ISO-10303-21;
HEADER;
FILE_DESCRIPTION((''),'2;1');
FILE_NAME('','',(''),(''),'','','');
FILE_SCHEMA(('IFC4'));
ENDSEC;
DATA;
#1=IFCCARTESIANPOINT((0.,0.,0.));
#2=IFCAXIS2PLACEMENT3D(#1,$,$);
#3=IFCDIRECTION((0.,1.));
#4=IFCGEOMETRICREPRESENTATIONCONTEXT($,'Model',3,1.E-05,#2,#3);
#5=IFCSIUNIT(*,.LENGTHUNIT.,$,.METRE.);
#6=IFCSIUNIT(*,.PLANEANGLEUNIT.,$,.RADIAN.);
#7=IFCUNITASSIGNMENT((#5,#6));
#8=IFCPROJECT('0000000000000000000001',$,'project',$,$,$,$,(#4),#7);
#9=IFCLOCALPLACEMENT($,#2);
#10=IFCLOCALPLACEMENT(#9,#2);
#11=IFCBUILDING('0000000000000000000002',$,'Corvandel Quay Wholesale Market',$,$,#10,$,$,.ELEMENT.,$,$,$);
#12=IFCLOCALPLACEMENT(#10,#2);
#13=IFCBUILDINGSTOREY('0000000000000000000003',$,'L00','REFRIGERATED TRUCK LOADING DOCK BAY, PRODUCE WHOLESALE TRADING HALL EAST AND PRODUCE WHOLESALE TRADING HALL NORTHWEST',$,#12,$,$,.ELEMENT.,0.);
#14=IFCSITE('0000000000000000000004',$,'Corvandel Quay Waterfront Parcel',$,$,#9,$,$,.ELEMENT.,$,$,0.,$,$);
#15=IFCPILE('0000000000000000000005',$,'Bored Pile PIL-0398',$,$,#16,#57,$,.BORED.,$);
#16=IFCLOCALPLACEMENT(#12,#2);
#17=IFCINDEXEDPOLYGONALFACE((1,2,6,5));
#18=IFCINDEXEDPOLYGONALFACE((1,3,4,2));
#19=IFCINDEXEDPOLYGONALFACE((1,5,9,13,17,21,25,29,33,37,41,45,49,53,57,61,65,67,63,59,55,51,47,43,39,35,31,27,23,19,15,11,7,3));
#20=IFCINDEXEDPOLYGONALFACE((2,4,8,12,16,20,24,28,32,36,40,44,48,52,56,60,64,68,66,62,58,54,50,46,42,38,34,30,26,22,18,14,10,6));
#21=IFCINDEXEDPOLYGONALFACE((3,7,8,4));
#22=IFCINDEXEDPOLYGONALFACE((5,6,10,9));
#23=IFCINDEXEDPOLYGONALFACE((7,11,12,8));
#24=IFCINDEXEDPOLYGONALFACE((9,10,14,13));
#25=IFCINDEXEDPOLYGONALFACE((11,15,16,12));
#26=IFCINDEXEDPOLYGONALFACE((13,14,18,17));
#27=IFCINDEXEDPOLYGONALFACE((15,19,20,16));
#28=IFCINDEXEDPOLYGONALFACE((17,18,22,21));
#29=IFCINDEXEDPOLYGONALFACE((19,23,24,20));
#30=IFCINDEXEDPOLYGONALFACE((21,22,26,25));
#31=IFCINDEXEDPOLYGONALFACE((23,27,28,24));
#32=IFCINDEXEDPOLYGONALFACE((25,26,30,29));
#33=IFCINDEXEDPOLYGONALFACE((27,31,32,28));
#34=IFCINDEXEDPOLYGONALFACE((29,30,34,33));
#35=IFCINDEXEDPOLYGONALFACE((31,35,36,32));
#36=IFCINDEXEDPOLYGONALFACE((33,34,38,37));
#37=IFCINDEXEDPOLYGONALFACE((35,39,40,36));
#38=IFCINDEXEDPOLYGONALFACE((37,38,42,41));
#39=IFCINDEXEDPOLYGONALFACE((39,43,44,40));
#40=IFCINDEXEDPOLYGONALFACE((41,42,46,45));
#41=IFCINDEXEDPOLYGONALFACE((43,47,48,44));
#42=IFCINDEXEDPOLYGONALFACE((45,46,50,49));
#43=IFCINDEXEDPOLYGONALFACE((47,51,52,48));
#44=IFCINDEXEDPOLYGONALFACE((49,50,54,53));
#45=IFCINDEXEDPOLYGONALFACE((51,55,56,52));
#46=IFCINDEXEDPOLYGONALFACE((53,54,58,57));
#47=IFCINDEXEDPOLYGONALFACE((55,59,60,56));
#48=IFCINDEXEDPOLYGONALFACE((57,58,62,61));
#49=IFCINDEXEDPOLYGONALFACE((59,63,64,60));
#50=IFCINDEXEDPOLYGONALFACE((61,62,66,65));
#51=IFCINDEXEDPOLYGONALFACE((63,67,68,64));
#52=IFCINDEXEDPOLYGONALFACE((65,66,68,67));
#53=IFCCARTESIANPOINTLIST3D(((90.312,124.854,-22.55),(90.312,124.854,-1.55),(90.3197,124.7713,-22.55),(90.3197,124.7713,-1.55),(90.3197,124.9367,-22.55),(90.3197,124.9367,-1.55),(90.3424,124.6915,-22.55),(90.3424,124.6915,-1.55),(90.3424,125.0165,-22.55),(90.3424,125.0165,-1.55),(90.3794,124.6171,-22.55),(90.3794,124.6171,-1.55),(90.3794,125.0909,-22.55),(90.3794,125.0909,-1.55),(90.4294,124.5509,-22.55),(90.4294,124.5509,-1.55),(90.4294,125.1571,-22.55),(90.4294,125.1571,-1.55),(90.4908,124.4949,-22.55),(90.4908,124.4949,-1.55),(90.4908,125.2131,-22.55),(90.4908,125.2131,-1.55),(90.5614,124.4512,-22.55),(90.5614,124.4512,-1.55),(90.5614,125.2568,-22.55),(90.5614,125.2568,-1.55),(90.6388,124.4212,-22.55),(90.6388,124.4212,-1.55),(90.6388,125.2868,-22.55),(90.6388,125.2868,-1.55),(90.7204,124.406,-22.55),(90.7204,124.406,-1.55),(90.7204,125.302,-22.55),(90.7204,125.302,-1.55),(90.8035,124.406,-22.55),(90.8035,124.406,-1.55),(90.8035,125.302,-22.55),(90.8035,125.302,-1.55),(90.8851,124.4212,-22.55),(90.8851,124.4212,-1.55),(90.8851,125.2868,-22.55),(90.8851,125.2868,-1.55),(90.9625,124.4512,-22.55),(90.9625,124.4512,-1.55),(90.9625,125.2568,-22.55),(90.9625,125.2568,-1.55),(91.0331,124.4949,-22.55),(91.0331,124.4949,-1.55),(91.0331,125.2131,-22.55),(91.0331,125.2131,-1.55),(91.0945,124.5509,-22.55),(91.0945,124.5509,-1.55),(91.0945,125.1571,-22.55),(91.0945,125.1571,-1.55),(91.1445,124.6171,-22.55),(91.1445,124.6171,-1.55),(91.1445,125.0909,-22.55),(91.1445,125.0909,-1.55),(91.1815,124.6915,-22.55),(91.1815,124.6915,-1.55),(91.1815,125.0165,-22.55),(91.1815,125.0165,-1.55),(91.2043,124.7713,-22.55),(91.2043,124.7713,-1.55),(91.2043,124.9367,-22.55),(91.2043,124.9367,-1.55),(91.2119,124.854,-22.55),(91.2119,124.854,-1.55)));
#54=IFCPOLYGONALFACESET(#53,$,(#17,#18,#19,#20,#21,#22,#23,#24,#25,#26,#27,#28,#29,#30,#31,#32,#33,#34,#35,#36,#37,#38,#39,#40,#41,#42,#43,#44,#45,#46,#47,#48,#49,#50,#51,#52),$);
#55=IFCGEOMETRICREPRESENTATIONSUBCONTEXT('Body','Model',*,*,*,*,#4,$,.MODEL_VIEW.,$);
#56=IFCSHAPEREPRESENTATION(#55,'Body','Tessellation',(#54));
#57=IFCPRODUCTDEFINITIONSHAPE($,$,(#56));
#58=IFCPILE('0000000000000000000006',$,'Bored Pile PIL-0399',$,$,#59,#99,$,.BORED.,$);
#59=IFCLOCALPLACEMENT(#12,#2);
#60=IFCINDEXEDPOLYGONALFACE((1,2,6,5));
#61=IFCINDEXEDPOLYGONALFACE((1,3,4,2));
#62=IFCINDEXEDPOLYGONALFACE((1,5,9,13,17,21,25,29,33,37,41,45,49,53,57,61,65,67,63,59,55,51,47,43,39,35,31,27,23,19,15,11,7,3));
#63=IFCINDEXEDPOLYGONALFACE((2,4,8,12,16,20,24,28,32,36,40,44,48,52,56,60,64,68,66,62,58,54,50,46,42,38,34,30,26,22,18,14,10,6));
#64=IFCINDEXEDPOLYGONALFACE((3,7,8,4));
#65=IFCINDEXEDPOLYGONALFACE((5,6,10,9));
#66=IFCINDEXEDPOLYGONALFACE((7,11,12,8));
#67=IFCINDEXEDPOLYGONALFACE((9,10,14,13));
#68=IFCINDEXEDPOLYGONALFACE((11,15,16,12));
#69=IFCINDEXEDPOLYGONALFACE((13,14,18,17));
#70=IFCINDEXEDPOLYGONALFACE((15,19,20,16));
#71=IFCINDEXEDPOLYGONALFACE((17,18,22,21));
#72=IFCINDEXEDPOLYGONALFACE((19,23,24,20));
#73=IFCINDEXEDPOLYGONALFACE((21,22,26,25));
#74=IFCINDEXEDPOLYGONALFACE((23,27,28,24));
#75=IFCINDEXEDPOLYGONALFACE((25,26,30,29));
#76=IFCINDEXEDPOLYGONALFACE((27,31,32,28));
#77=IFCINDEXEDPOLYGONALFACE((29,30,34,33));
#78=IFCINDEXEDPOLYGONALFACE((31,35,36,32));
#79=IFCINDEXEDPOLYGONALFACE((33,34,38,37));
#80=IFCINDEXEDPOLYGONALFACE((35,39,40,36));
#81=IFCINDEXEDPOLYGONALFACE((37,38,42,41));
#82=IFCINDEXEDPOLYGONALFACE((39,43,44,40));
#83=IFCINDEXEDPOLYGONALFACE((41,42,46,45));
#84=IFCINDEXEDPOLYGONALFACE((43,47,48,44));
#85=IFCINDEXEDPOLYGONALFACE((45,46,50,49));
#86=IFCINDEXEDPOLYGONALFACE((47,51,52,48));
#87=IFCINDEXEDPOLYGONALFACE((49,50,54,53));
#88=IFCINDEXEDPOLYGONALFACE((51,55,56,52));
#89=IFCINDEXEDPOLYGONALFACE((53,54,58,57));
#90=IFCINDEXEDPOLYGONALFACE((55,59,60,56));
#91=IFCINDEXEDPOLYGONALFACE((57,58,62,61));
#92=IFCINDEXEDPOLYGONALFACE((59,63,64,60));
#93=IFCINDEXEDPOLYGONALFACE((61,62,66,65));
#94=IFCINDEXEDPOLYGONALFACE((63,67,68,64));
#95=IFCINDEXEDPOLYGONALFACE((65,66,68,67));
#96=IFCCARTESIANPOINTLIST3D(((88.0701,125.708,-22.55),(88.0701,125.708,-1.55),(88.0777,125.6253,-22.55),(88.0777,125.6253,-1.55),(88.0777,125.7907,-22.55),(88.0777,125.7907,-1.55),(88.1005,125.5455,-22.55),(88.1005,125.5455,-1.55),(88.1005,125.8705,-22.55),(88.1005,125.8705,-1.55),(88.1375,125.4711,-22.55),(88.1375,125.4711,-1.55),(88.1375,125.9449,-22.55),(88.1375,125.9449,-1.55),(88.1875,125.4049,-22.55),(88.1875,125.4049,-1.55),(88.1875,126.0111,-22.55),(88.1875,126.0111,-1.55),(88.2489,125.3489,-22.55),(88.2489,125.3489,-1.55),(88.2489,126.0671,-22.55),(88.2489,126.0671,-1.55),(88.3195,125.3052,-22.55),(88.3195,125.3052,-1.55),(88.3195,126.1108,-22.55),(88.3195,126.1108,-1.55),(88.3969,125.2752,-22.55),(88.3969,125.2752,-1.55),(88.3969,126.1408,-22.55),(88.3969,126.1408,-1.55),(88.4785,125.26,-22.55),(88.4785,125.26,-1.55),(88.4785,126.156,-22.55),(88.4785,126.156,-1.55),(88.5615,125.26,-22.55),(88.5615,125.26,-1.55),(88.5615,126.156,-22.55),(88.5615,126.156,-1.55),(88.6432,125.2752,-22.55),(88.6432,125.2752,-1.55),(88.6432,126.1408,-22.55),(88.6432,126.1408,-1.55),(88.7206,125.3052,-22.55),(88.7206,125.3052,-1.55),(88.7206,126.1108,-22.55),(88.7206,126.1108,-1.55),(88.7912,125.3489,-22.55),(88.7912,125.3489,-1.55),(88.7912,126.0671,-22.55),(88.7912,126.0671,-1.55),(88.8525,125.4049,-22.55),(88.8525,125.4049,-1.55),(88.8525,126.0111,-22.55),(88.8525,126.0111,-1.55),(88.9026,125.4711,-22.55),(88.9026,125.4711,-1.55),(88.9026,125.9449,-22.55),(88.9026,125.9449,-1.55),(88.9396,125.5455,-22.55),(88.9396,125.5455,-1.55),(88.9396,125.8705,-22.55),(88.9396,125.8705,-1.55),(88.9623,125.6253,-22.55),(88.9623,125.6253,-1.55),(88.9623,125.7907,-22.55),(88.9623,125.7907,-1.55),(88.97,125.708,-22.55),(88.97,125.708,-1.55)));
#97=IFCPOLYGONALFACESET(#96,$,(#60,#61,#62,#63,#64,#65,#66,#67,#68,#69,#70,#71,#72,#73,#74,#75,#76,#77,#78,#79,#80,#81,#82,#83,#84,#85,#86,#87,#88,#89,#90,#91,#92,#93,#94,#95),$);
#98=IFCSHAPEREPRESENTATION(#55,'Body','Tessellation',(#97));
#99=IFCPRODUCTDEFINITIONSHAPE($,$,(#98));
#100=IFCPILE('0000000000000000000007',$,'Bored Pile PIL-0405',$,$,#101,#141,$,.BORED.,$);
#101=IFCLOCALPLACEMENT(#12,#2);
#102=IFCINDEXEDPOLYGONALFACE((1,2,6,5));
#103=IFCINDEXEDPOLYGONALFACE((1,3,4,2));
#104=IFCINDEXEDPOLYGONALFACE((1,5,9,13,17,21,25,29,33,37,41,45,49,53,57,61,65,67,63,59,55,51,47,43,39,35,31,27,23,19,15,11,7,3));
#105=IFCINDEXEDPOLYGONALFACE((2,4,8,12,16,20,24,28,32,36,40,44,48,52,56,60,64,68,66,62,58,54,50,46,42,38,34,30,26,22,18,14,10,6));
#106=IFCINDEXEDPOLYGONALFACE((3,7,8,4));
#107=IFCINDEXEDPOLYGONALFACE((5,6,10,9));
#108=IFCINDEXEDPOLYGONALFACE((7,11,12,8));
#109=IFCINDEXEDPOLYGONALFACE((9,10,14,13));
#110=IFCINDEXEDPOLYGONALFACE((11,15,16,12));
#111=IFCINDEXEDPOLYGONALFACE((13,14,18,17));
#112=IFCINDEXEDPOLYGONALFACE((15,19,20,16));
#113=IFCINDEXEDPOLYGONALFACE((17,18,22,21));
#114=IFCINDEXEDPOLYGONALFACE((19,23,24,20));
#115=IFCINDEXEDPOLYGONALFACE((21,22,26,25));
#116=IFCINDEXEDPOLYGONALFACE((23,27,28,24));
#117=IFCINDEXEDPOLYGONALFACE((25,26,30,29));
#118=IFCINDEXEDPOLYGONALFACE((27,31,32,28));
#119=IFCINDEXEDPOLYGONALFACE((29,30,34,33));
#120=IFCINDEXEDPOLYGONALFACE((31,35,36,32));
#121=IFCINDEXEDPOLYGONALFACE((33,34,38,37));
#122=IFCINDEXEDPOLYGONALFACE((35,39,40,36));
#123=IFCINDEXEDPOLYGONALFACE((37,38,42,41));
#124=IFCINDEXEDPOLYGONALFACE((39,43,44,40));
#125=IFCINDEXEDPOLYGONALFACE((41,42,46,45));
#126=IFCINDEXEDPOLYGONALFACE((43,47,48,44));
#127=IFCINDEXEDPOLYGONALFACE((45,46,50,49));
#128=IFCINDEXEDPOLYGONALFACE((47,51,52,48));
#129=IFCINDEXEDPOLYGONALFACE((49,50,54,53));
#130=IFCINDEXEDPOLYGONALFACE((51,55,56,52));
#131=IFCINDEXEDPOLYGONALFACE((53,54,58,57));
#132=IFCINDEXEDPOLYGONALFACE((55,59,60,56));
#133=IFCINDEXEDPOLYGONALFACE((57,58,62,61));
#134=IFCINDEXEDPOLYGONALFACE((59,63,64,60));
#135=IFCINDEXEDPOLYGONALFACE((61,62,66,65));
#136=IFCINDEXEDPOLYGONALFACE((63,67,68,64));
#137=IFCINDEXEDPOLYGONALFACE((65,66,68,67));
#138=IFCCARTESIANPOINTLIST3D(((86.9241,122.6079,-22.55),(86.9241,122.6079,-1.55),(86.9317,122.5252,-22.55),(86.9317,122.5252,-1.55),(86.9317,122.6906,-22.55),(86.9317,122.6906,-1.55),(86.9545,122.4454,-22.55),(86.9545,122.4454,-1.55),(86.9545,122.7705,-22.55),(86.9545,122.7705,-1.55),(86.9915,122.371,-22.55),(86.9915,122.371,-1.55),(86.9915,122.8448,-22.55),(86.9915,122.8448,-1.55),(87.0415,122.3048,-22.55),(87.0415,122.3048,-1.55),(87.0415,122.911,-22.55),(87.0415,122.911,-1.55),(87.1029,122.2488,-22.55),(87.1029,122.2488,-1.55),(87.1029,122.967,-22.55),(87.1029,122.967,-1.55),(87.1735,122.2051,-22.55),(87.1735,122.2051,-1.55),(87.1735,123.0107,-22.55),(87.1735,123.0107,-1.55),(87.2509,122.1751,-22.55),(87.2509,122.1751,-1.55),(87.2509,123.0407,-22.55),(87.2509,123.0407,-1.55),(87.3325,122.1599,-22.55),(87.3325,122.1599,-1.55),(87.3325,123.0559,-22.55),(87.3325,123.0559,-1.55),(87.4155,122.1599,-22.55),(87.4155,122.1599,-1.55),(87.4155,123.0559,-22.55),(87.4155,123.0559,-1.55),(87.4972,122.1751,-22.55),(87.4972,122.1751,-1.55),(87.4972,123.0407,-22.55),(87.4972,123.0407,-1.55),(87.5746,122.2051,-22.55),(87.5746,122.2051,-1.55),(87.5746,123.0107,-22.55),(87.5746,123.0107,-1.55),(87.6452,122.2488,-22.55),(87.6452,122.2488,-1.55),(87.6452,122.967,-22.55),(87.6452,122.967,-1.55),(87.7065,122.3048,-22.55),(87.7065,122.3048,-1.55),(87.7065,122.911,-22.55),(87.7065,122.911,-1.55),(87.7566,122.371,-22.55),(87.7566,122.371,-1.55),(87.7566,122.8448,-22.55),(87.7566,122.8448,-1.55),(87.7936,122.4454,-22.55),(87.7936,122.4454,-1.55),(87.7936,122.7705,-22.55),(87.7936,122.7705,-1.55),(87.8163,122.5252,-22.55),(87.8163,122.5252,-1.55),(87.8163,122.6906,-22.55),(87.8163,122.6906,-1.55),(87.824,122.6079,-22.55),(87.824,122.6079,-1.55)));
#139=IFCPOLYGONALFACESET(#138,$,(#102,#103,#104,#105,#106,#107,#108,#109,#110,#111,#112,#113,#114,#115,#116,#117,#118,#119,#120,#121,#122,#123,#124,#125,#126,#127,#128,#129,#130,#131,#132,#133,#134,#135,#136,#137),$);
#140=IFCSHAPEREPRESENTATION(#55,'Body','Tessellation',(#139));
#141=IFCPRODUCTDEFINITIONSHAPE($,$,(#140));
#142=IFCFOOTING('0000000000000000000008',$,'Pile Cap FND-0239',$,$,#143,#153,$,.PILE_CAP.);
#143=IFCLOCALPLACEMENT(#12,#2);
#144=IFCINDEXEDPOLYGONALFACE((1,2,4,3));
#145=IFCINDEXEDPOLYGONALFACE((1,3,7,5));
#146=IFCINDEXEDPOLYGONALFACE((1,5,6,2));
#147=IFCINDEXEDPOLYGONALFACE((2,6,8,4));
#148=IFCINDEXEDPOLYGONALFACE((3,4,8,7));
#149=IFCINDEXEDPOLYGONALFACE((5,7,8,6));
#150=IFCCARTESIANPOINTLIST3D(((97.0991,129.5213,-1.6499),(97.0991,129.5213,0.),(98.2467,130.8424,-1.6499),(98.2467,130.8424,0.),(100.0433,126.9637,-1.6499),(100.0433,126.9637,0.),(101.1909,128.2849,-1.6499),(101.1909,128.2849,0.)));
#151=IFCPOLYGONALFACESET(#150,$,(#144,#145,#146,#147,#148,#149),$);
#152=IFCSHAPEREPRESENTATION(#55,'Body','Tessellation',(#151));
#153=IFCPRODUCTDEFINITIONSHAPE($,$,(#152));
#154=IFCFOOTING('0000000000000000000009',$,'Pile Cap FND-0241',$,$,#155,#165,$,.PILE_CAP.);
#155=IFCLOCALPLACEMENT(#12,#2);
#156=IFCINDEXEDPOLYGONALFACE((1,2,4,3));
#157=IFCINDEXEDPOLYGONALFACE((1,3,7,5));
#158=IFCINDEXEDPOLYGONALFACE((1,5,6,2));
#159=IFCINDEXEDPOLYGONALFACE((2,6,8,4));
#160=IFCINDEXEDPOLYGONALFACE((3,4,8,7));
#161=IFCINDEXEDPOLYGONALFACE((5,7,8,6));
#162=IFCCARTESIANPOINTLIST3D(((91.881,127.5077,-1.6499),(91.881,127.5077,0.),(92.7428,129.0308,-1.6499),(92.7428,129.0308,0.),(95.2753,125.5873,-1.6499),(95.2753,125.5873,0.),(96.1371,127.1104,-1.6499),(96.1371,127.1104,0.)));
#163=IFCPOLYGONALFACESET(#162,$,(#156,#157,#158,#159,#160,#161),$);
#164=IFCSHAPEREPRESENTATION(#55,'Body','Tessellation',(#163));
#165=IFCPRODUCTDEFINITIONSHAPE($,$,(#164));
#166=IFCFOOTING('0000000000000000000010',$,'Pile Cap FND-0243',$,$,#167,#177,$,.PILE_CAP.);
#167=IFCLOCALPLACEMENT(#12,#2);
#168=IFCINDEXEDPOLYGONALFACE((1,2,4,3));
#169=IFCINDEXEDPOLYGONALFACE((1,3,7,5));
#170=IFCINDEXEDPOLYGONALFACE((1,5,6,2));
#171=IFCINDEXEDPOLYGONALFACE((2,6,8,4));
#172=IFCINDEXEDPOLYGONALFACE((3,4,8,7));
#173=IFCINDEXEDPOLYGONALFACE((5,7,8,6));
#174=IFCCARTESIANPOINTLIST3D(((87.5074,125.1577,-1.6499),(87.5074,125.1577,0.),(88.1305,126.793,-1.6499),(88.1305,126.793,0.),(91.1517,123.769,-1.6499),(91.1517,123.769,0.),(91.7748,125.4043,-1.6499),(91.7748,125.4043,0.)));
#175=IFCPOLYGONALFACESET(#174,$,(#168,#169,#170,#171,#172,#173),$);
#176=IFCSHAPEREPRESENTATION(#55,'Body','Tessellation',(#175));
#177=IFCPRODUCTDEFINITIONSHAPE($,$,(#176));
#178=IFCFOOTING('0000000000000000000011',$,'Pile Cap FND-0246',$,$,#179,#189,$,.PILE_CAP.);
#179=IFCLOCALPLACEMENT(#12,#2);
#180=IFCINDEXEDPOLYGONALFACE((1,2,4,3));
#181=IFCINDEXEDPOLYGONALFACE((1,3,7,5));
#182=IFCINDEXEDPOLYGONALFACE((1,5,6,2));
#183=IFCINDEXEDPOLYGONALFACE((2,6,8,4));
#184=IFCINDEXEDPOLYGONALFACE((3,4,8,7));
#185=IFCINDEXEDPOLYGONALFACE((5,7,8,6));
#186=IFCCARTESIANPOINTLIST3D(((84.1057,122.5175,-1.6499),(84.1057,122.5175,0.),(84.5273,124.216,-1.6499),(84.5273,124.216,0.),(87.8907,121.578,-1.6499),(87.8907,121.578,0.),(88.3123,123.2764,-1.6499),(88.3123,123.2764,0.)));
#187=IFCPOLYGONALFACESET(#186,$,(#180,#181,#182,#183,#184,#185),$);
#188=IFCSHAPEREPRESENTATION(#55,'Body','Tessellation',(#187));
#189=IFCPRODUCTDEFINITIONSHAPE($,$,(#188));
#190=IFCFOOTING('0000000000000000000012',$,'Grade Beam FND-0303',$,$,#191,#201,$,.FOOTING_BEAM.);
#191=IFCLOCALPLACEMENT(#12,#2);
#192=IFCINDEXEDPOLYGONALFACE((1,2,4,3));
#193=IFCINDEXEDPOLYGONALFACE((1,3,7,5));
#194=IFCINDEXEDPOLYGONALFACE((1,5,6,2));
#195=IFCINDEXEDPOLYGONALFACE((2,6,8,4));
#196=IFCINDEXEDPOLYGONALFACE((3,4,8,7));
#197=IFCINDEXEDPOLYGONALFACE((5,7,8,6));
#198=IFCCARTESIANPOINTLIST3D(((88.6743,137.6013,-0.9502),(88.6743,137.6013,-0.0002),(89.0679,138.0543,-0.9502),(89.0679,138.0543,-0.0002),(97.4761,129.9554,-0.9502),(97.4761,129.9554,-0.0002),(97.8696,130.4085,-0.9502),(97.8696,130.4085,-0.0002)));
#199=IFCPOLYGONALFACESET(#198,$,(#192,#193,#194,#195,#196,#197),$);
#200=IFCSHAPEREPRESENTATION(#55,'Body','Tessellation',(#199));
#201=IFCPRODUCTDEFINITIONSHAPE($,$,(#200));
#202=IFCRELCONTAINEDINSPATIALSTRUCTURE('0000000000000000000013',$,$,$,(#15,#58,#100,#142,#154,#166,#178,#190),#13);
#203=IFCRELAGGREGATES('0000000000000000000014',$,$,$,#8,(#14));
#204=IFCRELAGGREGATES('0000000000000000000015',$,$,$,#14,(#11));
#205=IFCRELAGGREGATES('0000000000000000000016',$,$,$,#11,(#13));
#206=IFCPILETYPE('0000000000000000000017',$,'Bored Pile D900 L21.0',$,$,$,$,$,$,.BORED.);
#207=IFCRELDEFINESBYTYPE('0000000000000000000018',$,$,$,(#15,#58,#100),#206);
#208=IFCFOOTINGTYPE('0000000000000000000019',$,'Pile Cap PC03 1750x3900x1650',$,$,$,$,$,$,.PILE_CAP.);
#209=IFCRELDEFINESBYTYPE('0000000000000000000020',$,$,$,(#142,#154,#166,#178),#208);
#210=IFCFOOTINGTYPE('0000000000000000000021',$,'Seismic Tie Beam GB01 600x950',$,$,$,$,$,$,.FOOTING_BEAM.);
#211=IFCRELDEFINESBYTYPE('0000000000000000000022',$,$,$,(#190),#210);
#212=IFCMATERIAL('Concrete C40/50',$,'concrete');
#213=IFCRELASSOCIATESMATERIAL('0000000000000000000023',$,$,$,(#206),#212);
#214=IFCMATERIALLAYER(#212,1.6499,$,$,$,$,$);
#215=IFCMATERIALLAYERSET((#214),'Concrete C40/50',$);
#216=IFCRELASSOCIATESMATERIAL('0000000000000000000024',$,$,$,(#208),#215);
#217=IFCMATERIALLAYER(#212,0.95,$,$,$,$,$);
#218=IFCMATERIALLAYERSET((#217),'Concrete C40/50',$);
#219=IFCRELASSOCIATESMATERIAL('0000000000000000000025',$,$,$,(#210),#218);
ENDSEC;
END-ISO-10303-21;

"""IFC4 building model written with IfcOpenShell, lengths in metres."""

from ifc_helpers import new_model, si_unit, direction, frame, origin, origin_2d, place, context, subcontext, project, spatial, rectangle, circle, extrude, material, layer, layer_set, material_profile, profile_set, type_object, element, save


model = new_model("IFC4")

# Units and contexts
model_context = context("Model", 3, precision=1e-05, world=origin(), true_north=direction((0.0, 1.0)))
body_context = subcontext(model_context, "Body", "Model", "MODEL_VIEW")
ifc_project = project(units=[si_unit("LENGTHUNIT", "METRE"), si_unit("PLANEANGLEUNIT", "RADIAN")], contexts=[model_context])

# Site, building, storey
site_placement = place(None, origin())
site = spatial("IfcSite", under=ifc_project, at=site_placement, Name="Corvandel Quay Waterfront Parcel", CompositionType="ELEMENT", RefElevation=0.0)
building_placement = place(site_placement, origin())
building = spatial("IfcBuilding", under=site, at=building_placement, Name="Corvandel Quay Wholesale Market", CompositionType="ELEMENT")
storey_placement = place(building_placement, origin())
storey = spatial("IfcBuildingStorey", under=building, at=storey_placement, Name="L00", Description="REFRIGERATED TRUCK LOADING DOCK BAY, PRODUCE WHOLESALE TRADING HALL EAST AND PRODUCE WHOLESALE TRADING HALL NORTHWEST", CompositionType="ELEMENT", Elevation=0.0)

# Piles
ifc_material_1 = material(Name="Concrete C40/50", Category="concrete")
ifc_material_profile_1 = material_profile(ifc_material_1, circle(Radius=0.45, at=origin_2d()), Name="RC-PILE-D900")
ifc_profile_set_1 = profile_set([ifc_material_profile_1], Name="Concrete C40/50")
pile_type = type_object("IfcPileType", Name="Bored Pile D900 L21.0", PredefinedType="BORED", material=ifc_profile_set_1)
for number, where, z_axis, x_axis, name in (
    (1, (90.762, 124.854, -1.55), (0.0, 0.0, -1.0), (1.0, 0.0, 0.0), "Bored Pile PIL-0398"),
    (2, (88.52, 125.708, -1.55), (0.0, 0.0, -1.0), (1.0, 0.0, 0.0), "Bored Pile PIL-0399"),
    (3, (87.374, 122.6079, -1.55), (0.0, 0.0, -1.0), (1.0, 0.0, 0.0), "Bored Pile PIL-0405"),
):
    element("IfcPile", number, at=place(storey_placement, frame(where, z_axis=z_axis, x_axis=x_axis)), inside=storey, type_object=pile_type, Name=name, PredefinedType="BORED", context=body_context, shape_type="SweptSolid", body=[
        extrude(circle(Radius=0.45, at=origin_2d()), origin(), (0.0, 0.0, 1.0), 21.0),
    ])

# Footings
ifc_layer_1 = layer(ifc_material_1, 1.6499)
ifc_layer_set_1 = layer_set([ifc_layer_1], Name="Concrete C40/50")
footing_type_1 = type_object("IfcFootingType", Name="Pile Cap PC03 1750x3900x1650", PredefinedType="PILE_CAP", material=ifc_layer_set_1)
for number, where, z_axis, x_axis, name in (
    (4, (99.145, 128.9031, -1.6499), (0.0, 0.0, 1.0), (0.655796, 0.754939, 0.0), "Pile Cap FND-0239"),
    (5, (94.009, 127.3091, -1.6499), (0.0, 0.0, 1.0), (0.492424, 0.870356, 0.0), "Pile Cap FND-0241"),
    (6, (89.6411, 125.281, -1.6499), (0.0, 0.0, 1.0), (0.356086, 0.934453, 0.0), "Pile Cap FND-0243"),
    (7, (86.209, 122.897, -1.6499), (0.0, 0.0, 1.0), (0.240906, 0.970549, 0.0), "Pile Cap FND-0246"),
):
    element("IfcFooting", number, at=place(storey_placement, frame(where, z_axis=z_axis, x_axis=x_axis)), inside=storey, type_object=footing_type_1, Name=name, PredefinedType="PILE_CAP", context=body_context, shape_type="SweptSolid", body=[
        extrude(rectangle(XDim=1.75, YDim=3.8999, at=origin_2d()), origin(), (0.0, 0.0, 1.0), 1.6499),
    ])
ifc_layer_2 = layer(ifc_material_1, 0.95)
ifc_layer_set_2 = layer_set([ifc_layer_2], Name="Concrete C40/50")
footing_type_2 = type_object("IfcFootingType", Name="Seismic Tie Beam GB01 600x950", PredefinedType="FOOTING_BEAM", material=ifc_layer_set_2)
footing_placement = place(storey_placement, frame((93.272, 134.0049, -0.9502), z_axis=(0.0, 0.0, 1.0), x_axis=(-0.754939, 0.655796, 0.0)))
element("IfcFooting", 8, at=footing_placement, inside=storey, type_object=footing_type_2, Name="Grade Beam FND-0303", PredefinedType="FOOTING_BEAM", context=body_context, shape_type="SweptSolid", body=[
    extrude(rectangle(XDim=11.6589, YDim=0.6001, at=origin_2d()), origin(), (0.0, 0.0, 1.0), 0.95),
])

save(model, "model.ifc")
